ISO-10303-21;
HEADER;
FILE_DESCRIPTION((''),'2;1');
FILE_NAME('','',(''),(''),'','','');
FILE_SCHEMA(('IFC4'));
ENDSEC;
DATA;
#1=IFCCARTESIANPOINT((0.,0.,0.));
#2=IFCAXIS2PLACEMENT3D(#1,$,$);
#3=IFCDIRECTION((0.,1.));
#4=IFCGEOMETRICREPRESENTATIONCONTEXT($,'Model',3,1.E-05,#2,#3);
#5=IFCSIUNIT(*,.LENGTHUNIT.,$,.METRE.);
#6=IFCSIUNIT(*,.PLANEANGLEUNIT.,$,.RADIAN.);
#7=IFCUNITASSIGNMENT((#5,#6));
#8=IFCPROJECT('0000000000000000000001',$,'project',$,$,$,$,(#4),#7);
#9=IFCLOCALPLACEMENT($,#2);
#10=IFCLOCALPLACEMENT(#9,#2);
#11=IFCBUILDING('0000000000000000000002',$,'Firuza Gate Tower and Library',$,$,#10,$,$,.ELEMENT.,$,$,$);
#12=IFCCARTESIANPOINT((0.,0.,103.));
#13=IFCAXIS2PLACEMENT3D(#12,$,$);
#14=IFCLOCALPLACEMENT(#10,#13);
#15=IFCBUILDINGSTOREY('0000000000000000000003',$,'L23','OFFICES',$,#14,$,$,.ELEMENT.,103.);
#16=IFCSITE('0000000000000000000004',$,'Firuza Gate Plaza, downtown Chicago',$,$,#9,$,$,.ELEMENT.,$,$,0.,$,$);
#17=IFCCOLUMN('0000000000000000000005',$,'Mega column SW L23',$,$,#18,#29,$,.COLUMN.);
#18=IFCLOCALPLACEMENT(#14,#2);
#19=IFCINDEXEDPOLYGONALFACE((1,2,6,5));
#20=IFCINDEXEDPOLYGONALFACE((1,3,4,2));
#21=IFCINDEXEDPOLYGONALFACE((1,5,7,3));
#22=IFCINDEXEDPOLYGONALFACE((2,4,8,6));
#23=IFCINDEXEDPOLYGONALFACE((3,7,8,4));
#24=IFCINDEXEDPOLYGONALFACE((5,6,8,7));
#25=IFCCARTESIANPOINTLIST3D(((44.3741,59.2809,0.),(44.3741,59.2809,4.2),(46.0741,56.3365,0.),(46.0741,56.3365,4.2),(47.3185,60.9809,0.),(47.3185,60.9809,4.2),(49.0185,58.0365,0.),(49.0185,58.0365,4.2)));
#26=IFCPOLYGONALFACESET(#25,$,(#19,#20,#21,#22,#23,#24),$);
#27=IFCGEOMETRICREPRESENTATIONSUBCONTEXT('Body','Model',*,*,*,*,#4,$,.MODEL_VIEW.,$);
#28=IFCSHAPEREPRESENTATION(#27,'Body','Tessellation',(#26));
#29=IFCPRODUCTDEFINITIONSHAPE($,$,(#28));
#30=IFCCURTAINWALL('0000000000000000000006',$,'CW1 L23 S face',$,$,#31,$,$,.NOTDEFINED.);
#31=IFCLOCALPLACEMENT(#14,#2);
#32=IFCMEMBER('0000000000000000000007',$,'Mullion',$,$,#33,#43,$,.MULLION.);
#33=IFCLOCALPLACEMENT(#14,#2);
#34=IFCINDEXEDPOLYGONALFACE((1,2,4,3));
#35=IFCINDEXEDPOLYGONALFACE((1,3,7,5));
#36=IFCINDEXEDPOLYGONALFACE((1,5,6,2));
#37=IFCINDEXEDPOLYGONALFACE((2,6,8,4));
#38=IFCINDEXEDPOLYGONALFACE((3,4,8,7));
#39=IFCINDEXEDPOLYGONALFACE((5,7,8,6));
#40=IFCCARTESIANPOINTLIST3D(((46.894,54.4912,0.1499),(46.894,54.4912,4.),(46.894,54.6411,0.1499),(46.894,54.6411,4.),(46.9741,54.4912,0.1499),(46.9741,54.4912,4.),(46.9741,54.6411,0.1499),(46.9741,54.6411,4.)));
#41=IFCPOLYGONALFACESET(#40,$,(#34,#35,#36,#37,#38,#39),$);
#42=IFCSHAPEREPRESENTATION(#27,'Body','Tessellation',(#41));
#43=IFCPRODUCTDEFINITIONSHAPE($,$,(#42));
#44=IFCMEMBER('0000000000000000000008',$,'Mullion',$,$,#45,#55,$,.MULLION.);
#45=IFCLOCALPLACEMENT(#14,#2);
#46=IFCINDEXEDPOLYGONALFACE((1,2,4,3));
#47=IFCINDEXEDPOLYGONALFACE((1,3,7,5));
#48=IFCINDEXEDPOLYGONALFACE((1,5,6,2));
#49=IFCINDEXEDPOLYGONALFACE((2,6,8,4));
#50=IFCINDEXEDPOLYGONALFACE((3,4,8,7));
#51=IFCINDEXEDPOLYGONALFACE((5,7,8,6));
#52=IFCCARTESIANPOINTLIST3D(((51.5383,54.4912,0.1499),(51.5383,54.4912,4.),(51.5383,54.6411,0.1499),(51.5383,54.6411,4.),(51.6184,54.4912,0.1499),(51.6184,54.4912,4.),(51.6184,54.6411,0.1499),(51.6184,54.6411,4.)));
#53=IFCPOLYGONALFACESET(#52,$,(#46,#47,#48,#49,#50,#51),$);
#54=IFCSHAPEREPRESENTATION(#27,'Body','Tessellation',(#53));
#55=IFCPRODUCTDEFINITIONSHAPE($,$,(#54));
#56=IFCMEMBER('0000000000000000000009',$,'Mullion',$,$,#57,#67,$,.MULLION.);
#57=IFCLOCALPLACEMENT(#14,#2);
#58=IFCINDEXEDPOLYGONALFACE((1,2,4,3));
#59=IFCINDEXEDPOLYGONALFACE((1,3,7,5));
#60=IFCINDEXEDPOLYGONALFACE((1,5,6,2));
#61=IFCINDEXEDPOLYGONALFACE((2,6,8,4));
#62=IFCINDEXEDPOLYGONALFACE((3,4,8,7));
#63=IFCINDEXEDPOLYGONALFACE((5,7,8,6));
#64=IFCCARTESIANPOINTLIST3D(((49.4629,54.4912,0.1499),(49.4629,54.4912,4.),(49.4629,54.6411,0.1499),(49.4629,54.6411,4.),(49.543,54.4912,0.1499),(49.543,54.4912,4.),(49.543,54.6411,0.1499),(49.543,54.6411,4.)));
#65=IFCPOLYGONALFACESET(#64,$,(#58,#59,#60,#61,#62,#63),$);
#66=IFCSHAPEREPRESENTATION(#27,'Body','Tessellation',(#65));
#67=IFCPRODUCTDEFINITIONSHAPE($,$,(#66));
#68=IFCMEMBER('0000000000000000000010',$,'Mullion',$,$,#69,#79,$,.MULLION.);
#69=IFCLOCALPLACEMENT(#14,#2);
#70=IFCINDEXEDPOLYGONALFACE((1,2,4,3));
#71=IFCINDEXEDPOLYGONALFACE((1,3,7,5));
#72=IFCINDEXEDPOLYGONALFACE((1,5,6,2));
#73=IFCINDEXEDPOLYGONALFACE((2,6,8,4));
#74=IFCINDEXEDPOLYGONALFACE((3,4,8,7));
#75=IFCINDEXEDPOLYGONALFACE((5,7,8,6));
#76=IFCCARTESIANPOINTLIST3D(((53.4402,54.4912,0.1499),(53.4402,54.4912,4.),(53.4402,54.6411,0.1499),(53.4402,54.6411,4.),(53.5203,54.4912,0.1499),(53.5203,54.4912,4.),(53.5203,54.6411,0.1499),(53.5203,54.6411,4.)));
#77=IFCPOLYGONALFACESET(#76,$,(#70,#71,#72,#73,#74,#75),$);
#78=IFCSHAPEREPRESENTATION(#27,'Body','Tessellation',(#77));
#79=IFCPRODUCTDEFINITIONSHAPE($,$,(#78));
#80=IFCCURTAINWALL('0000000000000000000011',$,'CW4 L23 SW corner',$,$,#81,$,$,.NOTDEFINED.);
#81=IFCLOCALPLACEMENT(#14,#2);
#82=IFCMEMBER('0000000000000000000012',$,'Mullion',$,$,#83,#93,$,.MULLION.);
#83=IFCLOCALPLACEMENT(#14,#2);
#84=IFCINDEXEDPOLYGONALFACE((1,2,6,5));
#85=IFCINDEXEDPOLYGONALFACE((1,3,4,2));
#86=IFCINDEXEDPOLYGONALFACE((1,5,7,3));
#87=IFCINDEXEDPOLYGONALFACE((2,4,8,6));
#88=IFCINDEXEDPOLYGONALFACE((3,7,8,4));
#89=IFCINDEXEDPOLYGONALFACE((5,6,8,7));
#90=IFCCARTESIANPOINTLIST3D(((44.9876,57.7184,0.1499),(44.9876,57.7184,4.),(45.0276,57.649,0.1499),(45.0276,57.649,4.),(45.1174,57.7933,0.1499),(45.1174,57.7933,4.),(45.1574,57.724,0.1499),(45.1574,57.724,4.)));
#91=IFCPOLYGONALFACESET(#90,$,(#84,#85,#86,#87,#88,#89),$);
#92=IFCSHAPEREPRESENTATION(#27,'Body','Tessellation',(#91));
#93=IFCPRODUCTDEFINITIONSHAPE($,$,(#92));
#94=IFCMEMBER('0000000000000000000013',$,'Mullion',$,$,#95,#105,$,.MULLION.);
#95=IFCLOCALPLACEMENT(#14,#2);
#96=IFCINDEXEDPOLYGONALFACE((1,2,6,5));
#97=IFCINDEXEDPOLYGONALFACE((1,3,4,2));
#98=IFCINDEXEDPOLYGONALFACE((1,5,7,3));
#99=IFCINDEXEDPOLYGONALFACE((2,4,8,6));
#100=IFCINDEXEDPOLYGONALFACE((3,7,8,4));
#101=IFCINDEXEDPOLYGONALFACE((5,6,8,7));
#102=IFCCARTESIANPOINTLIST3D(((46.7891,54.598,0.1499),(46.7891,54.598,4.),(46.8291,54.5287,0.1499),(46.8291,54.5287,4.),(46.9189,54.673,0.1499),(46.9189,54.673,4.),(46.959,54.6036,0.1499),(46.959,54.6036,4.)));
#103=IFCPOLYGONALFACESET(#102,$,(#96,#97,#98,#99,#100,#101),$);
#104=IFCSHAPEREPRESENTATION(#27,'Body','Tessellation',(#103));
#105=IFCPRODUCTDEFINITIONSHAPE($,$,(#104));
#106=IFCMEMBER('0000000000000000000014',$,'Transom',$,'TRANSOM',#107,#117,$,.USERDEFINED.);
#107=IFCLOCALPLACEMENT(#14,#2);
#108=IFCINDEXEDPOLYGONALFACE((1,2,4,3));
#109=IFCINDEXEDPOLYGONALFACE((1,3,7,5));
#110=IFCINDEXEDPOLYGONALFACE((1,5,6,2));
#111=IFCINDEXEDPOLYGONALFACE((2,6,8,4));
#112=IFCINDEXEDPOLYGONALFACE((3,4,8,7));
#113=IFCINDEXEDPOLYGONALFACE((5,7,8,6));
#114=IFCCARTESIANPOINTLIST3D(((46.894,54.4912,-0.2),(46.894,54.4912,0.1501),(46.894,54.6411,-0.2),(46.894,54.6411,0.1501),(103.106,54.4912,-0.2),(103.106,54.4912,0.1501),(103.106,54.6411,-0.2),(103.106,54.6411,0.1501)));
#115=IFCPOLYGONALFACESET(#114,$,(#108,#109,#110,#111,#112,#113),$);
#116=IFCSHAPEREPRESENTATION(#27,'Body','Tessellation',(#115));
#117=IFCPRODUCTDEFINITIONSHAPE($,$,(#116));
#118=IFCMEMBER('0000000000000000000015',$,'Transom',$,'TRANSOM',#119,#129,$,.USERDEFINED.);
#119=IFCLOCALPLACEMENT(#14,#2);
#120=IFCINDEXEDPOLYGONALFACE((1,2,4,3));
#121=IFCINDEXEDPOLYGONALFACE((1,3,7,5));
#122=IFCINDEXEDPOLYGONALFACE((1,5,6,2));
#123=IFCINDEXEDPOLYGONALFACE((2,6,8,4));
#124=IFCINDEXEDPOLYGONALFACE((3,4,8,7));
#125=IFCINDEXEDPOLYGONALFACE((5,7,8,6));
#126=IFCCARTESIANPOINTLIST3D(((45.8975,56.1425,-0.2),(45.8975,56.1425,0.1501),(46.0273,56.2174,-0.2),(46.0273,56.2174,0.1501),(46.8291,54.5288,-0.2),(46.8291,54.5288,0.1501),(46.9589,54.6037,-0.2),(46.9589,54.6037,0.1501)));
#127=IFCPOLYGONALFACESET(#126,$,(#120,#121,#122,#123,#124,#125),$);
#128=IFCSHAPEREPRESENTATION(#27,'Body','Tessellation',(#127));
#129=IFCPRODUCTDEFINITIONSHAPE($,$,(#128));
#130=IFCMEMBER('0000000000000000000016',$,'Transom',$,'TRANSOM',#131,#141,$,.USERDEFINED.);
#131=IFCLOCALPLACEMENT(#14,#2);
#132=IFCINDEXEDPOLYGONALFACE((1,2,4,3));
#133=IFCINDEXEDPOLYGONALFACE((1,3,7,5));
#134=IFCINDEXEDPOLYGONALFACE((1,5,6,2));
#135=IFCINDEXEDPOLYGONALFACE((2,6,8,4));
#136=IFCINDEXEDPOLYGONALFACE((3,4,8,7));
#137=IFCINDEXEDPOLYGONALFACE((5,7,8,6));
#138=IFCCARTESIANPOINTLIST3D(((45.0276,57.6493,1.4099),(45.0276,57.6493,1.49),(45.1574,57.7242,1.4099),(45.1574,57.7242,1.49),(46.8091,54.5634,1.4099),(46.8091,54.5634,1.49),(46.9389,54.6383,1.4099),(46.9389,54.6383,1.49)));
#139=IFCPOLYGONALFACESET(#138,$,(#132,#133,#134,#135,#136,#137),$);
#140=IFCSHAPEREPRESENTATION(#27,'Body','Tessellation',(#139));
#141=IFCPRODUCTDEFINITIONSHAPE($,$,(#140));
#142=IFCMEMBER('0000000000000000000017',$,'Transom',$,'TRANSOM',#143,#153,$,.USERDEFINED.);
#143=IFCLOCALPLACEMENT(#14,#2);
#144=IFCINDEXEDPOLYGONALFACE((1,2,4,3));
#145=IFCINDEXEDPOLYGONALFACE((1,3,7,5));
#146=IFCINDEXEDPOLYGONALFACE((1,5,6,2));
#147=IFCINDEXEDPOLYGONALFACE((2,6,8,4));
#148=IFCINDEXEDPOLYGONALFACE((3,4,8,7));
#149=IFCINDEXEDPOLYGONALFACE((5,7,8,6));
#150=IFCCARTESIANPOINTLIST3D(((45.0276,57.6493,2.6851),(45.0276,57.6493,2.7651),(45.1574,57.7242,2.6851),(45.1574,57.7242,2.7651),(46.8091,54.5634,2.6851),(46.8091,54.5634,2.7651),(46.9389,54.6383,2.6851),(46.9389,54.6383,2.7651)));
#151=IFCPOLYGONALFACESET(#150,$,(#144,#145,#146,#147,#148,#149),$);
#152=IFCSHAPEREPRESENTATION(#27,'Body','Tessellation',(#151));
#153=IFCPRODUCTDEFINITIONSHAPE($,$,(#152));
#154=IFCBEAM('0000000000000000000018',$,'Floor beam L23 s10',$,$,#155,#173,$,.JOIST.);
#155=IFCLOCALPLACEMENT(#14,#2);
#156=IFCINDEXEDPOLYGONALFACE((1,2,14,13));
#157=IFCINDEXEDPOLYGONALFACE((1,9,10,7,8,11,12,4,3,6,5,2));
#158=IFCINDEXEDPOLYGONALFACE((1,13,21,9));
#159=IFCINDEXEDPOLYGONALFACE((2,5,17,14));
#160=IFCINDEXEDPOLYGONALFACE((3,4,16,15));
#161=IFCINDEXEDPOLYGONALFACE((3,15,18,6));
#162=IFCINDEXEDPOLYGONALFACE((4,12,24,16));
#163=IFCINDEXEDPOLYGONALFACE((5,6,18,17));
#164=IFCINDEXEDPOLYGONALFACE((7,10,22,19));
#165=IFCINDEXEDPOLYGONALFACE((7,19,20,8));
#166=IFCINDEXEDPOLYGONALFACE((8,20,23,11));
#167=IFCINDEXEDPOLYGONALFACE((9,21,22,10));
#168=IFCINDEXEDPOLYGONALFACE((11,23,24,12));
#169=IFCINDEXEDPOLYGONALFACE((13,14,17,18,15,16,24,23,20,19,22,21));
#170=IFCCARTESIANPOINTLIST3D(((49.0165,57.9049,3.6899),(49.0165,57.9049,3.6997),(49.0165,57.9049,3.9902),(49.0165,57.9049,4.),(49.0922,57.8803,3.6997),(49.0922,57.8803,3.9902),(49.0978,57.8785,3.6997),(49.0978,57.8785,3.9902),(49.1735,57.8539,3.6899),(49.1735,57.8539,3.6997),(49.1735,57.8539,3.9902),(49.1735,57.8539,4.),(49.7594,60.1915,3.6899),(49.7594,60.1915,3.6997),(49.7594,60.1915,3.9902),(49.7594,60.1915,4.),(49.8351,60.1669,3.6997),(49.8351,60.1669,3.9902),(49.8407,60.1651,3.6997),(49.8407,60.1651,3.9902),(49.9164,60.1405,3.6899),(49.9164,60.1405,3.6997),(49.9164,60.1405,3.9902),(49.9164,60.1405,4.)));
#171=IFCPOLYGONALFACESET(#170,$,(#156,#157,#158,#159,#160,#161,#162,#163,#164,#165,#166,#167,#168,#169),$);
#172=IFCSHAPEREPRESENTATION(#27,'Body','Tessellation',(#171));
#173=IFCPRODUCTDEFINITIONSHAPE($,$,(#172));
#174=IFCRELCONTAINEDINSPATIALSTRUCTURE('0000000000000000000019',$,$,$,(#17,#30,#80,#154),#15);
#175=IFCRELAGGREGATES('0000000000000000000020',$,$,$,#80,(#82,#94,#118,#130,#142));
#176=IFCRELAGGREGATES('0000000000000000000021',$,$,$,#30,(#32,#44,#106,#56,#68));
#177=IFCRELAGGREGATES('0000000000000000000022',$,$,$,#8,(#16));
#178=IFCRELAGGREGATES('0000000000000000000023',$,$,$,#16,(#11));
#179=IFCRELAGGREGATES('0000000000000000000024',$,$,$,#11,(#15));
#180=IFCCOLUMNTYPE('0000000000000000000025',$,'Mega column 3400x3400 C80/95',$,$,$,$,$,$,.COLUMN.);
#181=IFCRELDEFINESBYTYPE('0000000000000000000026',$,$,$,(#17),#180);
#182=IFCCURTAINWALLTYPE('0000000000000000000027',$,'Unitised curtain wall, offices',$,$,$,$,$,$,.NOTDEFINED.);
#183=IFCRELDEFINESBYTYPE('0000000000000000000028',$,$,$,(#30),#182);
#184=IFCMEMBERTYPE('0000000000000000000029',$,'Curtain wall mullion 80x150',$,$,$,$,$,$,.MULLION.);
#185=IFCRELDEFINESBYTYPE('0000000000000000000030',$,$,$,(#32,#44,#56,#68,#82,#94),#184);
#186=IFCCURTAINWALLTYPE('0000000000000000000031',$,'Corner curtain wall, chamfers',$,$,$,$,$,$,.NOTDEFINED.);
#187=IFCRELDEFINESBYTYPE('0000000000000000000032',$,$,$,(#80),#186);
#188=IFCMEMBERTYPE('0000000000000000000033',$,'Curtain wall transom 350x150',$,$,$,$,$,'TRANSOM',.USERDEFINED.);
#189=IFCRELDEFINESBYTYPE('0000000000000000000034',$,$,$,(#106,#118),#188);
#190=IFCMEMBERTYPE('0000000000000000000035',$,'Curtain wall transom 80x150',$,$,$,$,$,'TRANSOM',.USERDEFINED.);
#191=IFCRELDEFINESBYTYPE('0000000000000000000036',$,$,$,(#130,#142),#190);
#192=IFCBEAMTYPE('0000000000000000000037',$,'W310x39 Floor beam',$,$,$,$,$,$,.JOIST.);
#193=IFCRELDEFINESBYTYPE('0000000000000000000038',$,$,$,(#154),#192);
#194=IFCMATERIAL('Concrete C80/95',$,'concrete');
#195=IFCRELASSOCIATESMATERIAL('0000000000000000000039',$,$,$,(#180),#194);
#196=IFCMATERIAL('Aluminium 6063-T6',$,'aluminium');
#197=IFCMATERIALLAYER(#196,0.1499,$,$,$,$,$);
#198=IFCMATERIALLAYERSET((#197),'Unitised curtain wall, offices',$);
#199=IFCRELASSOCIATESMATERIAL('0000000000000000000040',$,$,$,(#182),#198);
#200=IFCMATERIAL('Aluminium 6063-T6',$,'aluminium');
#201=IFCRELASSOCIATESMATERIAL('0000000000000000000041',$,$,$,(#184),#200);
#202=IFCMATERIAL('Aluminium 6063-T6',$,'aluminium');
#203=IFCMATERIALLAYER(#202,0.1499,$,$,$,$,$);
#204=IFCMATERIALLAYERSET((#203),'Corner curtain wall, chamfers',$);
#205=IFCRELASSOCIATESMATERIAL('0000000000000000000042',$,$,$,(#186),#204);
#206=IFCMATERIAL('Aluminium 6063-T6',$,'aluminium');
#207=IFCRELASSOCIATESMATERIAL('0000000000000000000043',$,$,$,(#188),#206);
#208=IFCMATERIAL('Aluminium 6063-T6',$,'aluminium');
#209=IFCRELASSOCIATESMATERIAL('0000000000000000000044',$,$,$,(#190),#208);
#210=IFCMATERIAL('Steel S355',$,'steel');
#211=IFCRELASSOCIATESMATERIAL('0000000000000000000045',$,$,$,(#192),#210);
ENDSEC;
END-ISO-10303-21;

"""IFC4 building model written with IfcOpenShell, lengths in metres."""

from ifc_helpers import new_model, si_unit, direction, frame, origin, origin_2d, place, context, subcontext, project, spatial, rectangle, i_section, extrude, material, layer, layer_set, material_profile, profile_set, type_object, element, aggregate, save


model = new_model("IFC4")

# Units and contexts
model_context = context("Model", 3, precision=1e-05, world=origin(), true_north=direction((0.0, 1.0)))
body_context = subcontext(model_context, "Body", "Model", "MODEL_VIEW")
ifc_project = project(units=[si_unit("LENGTHUNIT", "METRE"), si_unit("PLANEANGLEUNIT", "RADIAN")], contexts=[model_context])

# Site, building, storey
site_placement = place(None, origin())
site = spatial("IfcSite", under=ifc_project, at=site_placement, Name="Firuza Gate Plaza, downtown Chicago", CompositionType="ELEMENT", RefElevation=0.0)
building_placement = place(site_placement, origin())
building = spatial("IfcBuilding", under=site, at=building_placement, Name="Firuza Gate Tower and Library", CompositionType="ELEMENT")
storey_placement = place(building_placement, frame((0.0, 0.0, 103.0)))
storey = spatial("IfcBuildingStorey", under=building, at=storey_placement, Name="L23", Description="OFFICES", CompositionType="ELEMENT", Elevation=103.0)

# Column
ifc_material_1 = material(Name="Concrete C80/95", Category="concrete")
ifc_material_profile_1 = material_profile(ifc_material_1, rectangle(XDim=3.3999, YDim=3.3999, at=origin_2d()))
ifc_profile_set_1 = profile_set([ifc_material_profile_1], Name="Concrete C80/95")
column_type = type_object("IfcColumnType", Name="Mega column 3400x3400 C80/95", PredefinedType="COLUMN", material=ifc_profile_set_1)
column_placement = place(storey_placement, frame((46.6963, 58.6587, 0.0), z_axis=(0.0, 0.0, 1.0), x_axis=(0.5, -0.866025, 0.0)))
element("IfcColumn", 1, at=column_placement, inside=storey, type_object=column_type, Name="Mega column SW L23", PredefinedType="COLUMN", context=body_context, shape_type="SweptSolid", body=[
    extrude(rectangle(XDim=3.3999, YDim=3.3999, at=origin_2d()), origin(), (0.0, 0.0, 1.0), 4.2),
])

# Curtain walls, members
ifc_material_2 = material(Name="Aluminium 6063-T6", Category="aluminium")
ifc_layer_1 = layer(ifc_material_2, 0.1499)
ifc_layer_set_1 = layer_set([ifc_layer_1], Name="Unitised curtain wall, offices")
curtain_wall_type_1 = type_object("IfcCurtainWallType", Name="Unitised curtain wall, offices", PredefinedType="NOTDEFINED", material=ifc_layer_set_1)
placement_1 = place(storey_placement, origin())
curtain_wall_1 = element("IfcCurtainWall", 2, at=placement_1, inside=storey, type_object=curtain_wall_type_1, Name="CW1 L23 S face", PredefinedType="NOTDEFINED")
ifc_material_3 = material(Name="Aluminium 6063-T6", Category="aluminium")
ifc_material_profile_2 = material_profile(ifc_material_3, rectangle(XDim=0.1499, YDim=0.0801, at=origin_2d()))
ifc_profile_set_2 = profile_set([ifc_material_profile_2], Name="Aluminium 6063-T6")
member_type_1 = type_object("IfcMemberType", Name="Curtain wall mullion 80x150", PredefinedType="MULLION", material=ifc_profile_set_2)
member_1_placement = place(storey_placement, frame((46.9341, 54.5662, 0.1499), z_axis=(0.0, 0.0, 1.0), x_axis=(0.0, 1.0, 0.0)))
member_1 = element("IfcMember", 3, at=member_1_placement, type_object=member_type_1, Name="Mullion", PredefinedType="MULLION", context=body_context, shape_type="SweptSolid", body=[
    extrude(rectangle(XDim=0.1499, YDim=0.0801, at=origin_2d()), origin(), (0.0, 0.0, 1.0), 3.8501),
])
member_2_placement = place(storey_placement, frame((51.5784, 54.5662, 0.1499), z_axis=(0.0, 0.0, 1.0), x_axis=(0.0, 1.0, 0.0)))
member_2 = element("IfcMember", 4, at=member_2_placement, type_object=member_type_1, Name="Mullion", PredefinedType="MULLION", context=body_context, shape_type="SweptSolid", body=[
    extrude(rectangle(XDim=0.1499, YDim=0.0801, at=origin_2d()), origin(), (0.0, 0.0, 1.0), 3.8501),
])
member_3_placement = place(storey_placement, frame((49.5029, 54.5662, 0.1499), z_axis=(0.0, 0.0, 1.0), x_axis=(0.0, 1.0, 0.0)))
member_3 = element("IfcMember", 5, at=member_3_placement, type_object=member_type_1, Name="Mullion", PredefinedType="MULLION", context=body_context, shape_type="SweptSolid", body=[
    extrude(rectangle(XDim=0.1499, YDim=0.0801, at=origin_2d()), origin(), (0.0, 0.0, 1.0), 3.8501),
])
member_4_placement = place(storey_placement, frame((53.4802, 54.5662, 0.1499), z_axis=(0.0, 0.0, 1.0), x_axis=(0.0, 1.0, 0.0)))
member_4 = element("IfcMember", 6, at=member_4_placement, type_object=member_type_1, Name="Mullion", PredefinedType="MULLION", context=body_context, shape_type="SweptSolid", body=[
    extrude(rectangle(XDim=0.1499, YDim=0.0801, at=origin_2d()), origin(), (0.0, 0.0, 1.0), 3.8501),
])
ifc_material_4 = material(Name="Aluminium 6063-T6", Category="aluminium")
ifc_layer_2 = layer(ifc_material_4, 0.1499)
ifc_layer_set_2 = layer_set([ifc_layer_2], Name="Corner curtain wall, chamfers")
curtain_wall_type_2 = type_object("IfcCurtainWallType", Name="Corner curtain wall, chamfers", PredefinedType="NOTDEFINED", material=ifc_layer_set_2)
curtain_wall_2 = element("IfcCurtainWall", 7, at=placement_1, inside=storey, type_object=curtain_wall_type_2, Name="CW4 L23 SW corner", PredefinedType="NOTDEFINED")
member_5_placement = place(storey_placement, frame((45.0725, 57.7212, 0.1499), z_axis=(0.0, 0.0, 1.0), x_axis=(0.866025, 0.5, 0.0)))
member_5 = element("IfcMember", 8, at=member_5_placement, type_object=member_type_1, Name="Mullion", PredefinedType="MULLION", context=body_context, shape_type="SweptSolid", body=[
    extrude(rectangle(XDim=0.1499, YDim=0.0801, at=origin_2d()), origin(), (0.0, 0.0, 1.0), 3.8501),
])
member_6_placement = place(storey_placement, frame((46.874, 54.6008, 0.1499), z_axis=(0.0, 0.0, 1.0), x_axis=(0.866025, 0.5, 0.0)))
member_6 = element("IfcMember", 9, at=member_6_placement, type_object=member_type_1, Name="Mullion", PredefinedType="MULLION", context=body_context, shape_type="SweptSolid", body=[
    extrude(rectangle(XDim=0.1499, YDim=0.0801, at=origin_2d()), origin(), (0.0, 0.0, 1.0), 3.8501),
])

# Members
ifc_material_5 = material(Name="Aluminium 6063-T6", Category="aluminium")
ifc_material_profile_3 = material_profile(ifc_material_5, rectangle(XDim=0.1499, YDim=0.3501, at=origin_2d()))
ifc_profile_set_3 = profile_set([ifc_material_profile_3], Name="Aluminium 6063-T6")
member_type_2 = type_object("IfcMemberType", Name="Curtain wall transom 350x150", ElementType="TRANSOM", PredefinedType="USERDEFINED", material=ifc_profile_set_3)
member_7_placement = place(storey_placement, frame((46.894, 54.5662, -0.0249), z_axis=(1.0, 0.0, 0.0), x_axis=(0.0, 1.0, 0.0)))
member_7 = element("IfcMember", 10, at=member_7_placement, type_object=member_type_2, Name="Transom", ObjectType="TRANSOM", PredefinedType="USERDEFINED", context=body_context, shape_type="SweptSolid", body=[
    extrude(rectangle(XDim=0.1499, YDim=0.3501, at=origin_2d()), origin(), (0.0, 0.0, 1.0), 56.2119),
])
member_8_placement = place(storey_placement, frame((45.9624, 56.1799, -0.0249), z_axis=(0.499972, -0.866042, 0.0), x_axis=(0.866042, 0.499972, 0.0)))
member_8 = element("IfcMember", 11, at=member_8_placement, type_object=member_type_2, Name="Transom", ObjectType="TRANSOM", PredefinedType="USERDEFINED", context=body_context, shape_type="SweptSolid", body=[
    extrude(rectangle(XDim=0.1499, YDim=0.3501, at=origin_2d()), origin(), (0.0, 0.0, 1.0), 1.8633),
])
ifc_material_6 = material(Name="Aluminium 6063-T6", Category="aluminium")
ifc_material_profile_4 = material_profile(ifc_material_6, rectangle(XDim=0.1499, YDim=0.0801, at=origin_2d()))
ifc_profile_set_4 = profile_set([ifc_material_profile_4], Name="Aluminium 6063-T6")
member_type_3 = type_object("IfcMemberType", Name="Curtain wall transom 80x150", ElementType="TRANSOM", PredefinedType="USERDEFINED", material=ifc_profile_set_4)
member_9_placement = place(storey_placement, frame((45.0925, 57.6868, 1.45), z_axis=(0.499964, -0.866046, 0.0), x_axis=(0.866046, 0.499964, 0.0)))
member_9 = element("IfcMember", 12, at=member_9_placement, type_object=member_type_3, Name="Transom", ObjectType="TRANSOM", PredefinedType="USERDEFINED", context=body_context, shape_type="SweptSolid", body=[
    extrude(rectangle(XDim=0.1499, YDim=0.0801, at=origin_2d()), origin(), (0.0, 0.0, 1.0), 3.5632),
])
member_10_placement = place(storey_placement, frame((45.0925, 57.6868, 2.7251), z_axis=(0.499964, -0.866046, 0.0), x_axis=(0.866046, 0.499964, 0.0)))
member_10 = element("IfcMember", 13, at=member_10_placement, type_object=member_type_3, Name="Transom", ObjectType="TRANSOM", PredefinedType="USERDEFINED", context=body_context, shape_type="SweptSolid", body=[
    extrude(rectangle(XDim=0.1499, YDim=0.0801, at=origin_2d()), origin(), (0.0, 0.0, 1.0), 3.5632),
])

# Beam
ifc_material_7 = material(Name="Steel S355", Category="steel")
ifc_material_profile_5 = material_profile(ifc_material_7, i_section(OverallWidth=0.165, OverallDepth=0.3101, WebThickness=0.0059, FlangeThickness=0.0098, at=origin_2d()))
ifc_profile_set_5 = profile_set([ifc_material_profile_5], Name="Steel S355")
beam_type_1 = type_object("IfcBeamType", Name="W310x39 Floor beam", PredefinedType="JOIST", material=ifc_profile_set_5)
beam_1_placement = place(storey_placement, frame((49.095, 57.8794, 3.845), z_axis=(0.308999, 0.951062, 0.0), x_axis=(-0.951062, 0.308999, 0.0)))
element("IfcBeam", 14, at=beam_1_placement, inside=storey, type_object=beam_type_1, Name="Floor beam L23 s10", PredefinedType="JOIST", context=body_context, shape_type="SweptSolid", body=[
    extrude(i_section(OverallWidth=0.165, OverallDepth=0.3101, WebThickness=0.0059, FlangeThickness=0.0098, at=origin_2d()), origin(), (0.0, 0.0, 1.0), 2.4043),
])

aggregate(curtain_wall_2, [member_5, member_6, member_8, member_9, member_10])
aggregate(curtain_wall_1, [member_1, member_2, member_7, member_3, member_4])

save(model, "model.ifc")
